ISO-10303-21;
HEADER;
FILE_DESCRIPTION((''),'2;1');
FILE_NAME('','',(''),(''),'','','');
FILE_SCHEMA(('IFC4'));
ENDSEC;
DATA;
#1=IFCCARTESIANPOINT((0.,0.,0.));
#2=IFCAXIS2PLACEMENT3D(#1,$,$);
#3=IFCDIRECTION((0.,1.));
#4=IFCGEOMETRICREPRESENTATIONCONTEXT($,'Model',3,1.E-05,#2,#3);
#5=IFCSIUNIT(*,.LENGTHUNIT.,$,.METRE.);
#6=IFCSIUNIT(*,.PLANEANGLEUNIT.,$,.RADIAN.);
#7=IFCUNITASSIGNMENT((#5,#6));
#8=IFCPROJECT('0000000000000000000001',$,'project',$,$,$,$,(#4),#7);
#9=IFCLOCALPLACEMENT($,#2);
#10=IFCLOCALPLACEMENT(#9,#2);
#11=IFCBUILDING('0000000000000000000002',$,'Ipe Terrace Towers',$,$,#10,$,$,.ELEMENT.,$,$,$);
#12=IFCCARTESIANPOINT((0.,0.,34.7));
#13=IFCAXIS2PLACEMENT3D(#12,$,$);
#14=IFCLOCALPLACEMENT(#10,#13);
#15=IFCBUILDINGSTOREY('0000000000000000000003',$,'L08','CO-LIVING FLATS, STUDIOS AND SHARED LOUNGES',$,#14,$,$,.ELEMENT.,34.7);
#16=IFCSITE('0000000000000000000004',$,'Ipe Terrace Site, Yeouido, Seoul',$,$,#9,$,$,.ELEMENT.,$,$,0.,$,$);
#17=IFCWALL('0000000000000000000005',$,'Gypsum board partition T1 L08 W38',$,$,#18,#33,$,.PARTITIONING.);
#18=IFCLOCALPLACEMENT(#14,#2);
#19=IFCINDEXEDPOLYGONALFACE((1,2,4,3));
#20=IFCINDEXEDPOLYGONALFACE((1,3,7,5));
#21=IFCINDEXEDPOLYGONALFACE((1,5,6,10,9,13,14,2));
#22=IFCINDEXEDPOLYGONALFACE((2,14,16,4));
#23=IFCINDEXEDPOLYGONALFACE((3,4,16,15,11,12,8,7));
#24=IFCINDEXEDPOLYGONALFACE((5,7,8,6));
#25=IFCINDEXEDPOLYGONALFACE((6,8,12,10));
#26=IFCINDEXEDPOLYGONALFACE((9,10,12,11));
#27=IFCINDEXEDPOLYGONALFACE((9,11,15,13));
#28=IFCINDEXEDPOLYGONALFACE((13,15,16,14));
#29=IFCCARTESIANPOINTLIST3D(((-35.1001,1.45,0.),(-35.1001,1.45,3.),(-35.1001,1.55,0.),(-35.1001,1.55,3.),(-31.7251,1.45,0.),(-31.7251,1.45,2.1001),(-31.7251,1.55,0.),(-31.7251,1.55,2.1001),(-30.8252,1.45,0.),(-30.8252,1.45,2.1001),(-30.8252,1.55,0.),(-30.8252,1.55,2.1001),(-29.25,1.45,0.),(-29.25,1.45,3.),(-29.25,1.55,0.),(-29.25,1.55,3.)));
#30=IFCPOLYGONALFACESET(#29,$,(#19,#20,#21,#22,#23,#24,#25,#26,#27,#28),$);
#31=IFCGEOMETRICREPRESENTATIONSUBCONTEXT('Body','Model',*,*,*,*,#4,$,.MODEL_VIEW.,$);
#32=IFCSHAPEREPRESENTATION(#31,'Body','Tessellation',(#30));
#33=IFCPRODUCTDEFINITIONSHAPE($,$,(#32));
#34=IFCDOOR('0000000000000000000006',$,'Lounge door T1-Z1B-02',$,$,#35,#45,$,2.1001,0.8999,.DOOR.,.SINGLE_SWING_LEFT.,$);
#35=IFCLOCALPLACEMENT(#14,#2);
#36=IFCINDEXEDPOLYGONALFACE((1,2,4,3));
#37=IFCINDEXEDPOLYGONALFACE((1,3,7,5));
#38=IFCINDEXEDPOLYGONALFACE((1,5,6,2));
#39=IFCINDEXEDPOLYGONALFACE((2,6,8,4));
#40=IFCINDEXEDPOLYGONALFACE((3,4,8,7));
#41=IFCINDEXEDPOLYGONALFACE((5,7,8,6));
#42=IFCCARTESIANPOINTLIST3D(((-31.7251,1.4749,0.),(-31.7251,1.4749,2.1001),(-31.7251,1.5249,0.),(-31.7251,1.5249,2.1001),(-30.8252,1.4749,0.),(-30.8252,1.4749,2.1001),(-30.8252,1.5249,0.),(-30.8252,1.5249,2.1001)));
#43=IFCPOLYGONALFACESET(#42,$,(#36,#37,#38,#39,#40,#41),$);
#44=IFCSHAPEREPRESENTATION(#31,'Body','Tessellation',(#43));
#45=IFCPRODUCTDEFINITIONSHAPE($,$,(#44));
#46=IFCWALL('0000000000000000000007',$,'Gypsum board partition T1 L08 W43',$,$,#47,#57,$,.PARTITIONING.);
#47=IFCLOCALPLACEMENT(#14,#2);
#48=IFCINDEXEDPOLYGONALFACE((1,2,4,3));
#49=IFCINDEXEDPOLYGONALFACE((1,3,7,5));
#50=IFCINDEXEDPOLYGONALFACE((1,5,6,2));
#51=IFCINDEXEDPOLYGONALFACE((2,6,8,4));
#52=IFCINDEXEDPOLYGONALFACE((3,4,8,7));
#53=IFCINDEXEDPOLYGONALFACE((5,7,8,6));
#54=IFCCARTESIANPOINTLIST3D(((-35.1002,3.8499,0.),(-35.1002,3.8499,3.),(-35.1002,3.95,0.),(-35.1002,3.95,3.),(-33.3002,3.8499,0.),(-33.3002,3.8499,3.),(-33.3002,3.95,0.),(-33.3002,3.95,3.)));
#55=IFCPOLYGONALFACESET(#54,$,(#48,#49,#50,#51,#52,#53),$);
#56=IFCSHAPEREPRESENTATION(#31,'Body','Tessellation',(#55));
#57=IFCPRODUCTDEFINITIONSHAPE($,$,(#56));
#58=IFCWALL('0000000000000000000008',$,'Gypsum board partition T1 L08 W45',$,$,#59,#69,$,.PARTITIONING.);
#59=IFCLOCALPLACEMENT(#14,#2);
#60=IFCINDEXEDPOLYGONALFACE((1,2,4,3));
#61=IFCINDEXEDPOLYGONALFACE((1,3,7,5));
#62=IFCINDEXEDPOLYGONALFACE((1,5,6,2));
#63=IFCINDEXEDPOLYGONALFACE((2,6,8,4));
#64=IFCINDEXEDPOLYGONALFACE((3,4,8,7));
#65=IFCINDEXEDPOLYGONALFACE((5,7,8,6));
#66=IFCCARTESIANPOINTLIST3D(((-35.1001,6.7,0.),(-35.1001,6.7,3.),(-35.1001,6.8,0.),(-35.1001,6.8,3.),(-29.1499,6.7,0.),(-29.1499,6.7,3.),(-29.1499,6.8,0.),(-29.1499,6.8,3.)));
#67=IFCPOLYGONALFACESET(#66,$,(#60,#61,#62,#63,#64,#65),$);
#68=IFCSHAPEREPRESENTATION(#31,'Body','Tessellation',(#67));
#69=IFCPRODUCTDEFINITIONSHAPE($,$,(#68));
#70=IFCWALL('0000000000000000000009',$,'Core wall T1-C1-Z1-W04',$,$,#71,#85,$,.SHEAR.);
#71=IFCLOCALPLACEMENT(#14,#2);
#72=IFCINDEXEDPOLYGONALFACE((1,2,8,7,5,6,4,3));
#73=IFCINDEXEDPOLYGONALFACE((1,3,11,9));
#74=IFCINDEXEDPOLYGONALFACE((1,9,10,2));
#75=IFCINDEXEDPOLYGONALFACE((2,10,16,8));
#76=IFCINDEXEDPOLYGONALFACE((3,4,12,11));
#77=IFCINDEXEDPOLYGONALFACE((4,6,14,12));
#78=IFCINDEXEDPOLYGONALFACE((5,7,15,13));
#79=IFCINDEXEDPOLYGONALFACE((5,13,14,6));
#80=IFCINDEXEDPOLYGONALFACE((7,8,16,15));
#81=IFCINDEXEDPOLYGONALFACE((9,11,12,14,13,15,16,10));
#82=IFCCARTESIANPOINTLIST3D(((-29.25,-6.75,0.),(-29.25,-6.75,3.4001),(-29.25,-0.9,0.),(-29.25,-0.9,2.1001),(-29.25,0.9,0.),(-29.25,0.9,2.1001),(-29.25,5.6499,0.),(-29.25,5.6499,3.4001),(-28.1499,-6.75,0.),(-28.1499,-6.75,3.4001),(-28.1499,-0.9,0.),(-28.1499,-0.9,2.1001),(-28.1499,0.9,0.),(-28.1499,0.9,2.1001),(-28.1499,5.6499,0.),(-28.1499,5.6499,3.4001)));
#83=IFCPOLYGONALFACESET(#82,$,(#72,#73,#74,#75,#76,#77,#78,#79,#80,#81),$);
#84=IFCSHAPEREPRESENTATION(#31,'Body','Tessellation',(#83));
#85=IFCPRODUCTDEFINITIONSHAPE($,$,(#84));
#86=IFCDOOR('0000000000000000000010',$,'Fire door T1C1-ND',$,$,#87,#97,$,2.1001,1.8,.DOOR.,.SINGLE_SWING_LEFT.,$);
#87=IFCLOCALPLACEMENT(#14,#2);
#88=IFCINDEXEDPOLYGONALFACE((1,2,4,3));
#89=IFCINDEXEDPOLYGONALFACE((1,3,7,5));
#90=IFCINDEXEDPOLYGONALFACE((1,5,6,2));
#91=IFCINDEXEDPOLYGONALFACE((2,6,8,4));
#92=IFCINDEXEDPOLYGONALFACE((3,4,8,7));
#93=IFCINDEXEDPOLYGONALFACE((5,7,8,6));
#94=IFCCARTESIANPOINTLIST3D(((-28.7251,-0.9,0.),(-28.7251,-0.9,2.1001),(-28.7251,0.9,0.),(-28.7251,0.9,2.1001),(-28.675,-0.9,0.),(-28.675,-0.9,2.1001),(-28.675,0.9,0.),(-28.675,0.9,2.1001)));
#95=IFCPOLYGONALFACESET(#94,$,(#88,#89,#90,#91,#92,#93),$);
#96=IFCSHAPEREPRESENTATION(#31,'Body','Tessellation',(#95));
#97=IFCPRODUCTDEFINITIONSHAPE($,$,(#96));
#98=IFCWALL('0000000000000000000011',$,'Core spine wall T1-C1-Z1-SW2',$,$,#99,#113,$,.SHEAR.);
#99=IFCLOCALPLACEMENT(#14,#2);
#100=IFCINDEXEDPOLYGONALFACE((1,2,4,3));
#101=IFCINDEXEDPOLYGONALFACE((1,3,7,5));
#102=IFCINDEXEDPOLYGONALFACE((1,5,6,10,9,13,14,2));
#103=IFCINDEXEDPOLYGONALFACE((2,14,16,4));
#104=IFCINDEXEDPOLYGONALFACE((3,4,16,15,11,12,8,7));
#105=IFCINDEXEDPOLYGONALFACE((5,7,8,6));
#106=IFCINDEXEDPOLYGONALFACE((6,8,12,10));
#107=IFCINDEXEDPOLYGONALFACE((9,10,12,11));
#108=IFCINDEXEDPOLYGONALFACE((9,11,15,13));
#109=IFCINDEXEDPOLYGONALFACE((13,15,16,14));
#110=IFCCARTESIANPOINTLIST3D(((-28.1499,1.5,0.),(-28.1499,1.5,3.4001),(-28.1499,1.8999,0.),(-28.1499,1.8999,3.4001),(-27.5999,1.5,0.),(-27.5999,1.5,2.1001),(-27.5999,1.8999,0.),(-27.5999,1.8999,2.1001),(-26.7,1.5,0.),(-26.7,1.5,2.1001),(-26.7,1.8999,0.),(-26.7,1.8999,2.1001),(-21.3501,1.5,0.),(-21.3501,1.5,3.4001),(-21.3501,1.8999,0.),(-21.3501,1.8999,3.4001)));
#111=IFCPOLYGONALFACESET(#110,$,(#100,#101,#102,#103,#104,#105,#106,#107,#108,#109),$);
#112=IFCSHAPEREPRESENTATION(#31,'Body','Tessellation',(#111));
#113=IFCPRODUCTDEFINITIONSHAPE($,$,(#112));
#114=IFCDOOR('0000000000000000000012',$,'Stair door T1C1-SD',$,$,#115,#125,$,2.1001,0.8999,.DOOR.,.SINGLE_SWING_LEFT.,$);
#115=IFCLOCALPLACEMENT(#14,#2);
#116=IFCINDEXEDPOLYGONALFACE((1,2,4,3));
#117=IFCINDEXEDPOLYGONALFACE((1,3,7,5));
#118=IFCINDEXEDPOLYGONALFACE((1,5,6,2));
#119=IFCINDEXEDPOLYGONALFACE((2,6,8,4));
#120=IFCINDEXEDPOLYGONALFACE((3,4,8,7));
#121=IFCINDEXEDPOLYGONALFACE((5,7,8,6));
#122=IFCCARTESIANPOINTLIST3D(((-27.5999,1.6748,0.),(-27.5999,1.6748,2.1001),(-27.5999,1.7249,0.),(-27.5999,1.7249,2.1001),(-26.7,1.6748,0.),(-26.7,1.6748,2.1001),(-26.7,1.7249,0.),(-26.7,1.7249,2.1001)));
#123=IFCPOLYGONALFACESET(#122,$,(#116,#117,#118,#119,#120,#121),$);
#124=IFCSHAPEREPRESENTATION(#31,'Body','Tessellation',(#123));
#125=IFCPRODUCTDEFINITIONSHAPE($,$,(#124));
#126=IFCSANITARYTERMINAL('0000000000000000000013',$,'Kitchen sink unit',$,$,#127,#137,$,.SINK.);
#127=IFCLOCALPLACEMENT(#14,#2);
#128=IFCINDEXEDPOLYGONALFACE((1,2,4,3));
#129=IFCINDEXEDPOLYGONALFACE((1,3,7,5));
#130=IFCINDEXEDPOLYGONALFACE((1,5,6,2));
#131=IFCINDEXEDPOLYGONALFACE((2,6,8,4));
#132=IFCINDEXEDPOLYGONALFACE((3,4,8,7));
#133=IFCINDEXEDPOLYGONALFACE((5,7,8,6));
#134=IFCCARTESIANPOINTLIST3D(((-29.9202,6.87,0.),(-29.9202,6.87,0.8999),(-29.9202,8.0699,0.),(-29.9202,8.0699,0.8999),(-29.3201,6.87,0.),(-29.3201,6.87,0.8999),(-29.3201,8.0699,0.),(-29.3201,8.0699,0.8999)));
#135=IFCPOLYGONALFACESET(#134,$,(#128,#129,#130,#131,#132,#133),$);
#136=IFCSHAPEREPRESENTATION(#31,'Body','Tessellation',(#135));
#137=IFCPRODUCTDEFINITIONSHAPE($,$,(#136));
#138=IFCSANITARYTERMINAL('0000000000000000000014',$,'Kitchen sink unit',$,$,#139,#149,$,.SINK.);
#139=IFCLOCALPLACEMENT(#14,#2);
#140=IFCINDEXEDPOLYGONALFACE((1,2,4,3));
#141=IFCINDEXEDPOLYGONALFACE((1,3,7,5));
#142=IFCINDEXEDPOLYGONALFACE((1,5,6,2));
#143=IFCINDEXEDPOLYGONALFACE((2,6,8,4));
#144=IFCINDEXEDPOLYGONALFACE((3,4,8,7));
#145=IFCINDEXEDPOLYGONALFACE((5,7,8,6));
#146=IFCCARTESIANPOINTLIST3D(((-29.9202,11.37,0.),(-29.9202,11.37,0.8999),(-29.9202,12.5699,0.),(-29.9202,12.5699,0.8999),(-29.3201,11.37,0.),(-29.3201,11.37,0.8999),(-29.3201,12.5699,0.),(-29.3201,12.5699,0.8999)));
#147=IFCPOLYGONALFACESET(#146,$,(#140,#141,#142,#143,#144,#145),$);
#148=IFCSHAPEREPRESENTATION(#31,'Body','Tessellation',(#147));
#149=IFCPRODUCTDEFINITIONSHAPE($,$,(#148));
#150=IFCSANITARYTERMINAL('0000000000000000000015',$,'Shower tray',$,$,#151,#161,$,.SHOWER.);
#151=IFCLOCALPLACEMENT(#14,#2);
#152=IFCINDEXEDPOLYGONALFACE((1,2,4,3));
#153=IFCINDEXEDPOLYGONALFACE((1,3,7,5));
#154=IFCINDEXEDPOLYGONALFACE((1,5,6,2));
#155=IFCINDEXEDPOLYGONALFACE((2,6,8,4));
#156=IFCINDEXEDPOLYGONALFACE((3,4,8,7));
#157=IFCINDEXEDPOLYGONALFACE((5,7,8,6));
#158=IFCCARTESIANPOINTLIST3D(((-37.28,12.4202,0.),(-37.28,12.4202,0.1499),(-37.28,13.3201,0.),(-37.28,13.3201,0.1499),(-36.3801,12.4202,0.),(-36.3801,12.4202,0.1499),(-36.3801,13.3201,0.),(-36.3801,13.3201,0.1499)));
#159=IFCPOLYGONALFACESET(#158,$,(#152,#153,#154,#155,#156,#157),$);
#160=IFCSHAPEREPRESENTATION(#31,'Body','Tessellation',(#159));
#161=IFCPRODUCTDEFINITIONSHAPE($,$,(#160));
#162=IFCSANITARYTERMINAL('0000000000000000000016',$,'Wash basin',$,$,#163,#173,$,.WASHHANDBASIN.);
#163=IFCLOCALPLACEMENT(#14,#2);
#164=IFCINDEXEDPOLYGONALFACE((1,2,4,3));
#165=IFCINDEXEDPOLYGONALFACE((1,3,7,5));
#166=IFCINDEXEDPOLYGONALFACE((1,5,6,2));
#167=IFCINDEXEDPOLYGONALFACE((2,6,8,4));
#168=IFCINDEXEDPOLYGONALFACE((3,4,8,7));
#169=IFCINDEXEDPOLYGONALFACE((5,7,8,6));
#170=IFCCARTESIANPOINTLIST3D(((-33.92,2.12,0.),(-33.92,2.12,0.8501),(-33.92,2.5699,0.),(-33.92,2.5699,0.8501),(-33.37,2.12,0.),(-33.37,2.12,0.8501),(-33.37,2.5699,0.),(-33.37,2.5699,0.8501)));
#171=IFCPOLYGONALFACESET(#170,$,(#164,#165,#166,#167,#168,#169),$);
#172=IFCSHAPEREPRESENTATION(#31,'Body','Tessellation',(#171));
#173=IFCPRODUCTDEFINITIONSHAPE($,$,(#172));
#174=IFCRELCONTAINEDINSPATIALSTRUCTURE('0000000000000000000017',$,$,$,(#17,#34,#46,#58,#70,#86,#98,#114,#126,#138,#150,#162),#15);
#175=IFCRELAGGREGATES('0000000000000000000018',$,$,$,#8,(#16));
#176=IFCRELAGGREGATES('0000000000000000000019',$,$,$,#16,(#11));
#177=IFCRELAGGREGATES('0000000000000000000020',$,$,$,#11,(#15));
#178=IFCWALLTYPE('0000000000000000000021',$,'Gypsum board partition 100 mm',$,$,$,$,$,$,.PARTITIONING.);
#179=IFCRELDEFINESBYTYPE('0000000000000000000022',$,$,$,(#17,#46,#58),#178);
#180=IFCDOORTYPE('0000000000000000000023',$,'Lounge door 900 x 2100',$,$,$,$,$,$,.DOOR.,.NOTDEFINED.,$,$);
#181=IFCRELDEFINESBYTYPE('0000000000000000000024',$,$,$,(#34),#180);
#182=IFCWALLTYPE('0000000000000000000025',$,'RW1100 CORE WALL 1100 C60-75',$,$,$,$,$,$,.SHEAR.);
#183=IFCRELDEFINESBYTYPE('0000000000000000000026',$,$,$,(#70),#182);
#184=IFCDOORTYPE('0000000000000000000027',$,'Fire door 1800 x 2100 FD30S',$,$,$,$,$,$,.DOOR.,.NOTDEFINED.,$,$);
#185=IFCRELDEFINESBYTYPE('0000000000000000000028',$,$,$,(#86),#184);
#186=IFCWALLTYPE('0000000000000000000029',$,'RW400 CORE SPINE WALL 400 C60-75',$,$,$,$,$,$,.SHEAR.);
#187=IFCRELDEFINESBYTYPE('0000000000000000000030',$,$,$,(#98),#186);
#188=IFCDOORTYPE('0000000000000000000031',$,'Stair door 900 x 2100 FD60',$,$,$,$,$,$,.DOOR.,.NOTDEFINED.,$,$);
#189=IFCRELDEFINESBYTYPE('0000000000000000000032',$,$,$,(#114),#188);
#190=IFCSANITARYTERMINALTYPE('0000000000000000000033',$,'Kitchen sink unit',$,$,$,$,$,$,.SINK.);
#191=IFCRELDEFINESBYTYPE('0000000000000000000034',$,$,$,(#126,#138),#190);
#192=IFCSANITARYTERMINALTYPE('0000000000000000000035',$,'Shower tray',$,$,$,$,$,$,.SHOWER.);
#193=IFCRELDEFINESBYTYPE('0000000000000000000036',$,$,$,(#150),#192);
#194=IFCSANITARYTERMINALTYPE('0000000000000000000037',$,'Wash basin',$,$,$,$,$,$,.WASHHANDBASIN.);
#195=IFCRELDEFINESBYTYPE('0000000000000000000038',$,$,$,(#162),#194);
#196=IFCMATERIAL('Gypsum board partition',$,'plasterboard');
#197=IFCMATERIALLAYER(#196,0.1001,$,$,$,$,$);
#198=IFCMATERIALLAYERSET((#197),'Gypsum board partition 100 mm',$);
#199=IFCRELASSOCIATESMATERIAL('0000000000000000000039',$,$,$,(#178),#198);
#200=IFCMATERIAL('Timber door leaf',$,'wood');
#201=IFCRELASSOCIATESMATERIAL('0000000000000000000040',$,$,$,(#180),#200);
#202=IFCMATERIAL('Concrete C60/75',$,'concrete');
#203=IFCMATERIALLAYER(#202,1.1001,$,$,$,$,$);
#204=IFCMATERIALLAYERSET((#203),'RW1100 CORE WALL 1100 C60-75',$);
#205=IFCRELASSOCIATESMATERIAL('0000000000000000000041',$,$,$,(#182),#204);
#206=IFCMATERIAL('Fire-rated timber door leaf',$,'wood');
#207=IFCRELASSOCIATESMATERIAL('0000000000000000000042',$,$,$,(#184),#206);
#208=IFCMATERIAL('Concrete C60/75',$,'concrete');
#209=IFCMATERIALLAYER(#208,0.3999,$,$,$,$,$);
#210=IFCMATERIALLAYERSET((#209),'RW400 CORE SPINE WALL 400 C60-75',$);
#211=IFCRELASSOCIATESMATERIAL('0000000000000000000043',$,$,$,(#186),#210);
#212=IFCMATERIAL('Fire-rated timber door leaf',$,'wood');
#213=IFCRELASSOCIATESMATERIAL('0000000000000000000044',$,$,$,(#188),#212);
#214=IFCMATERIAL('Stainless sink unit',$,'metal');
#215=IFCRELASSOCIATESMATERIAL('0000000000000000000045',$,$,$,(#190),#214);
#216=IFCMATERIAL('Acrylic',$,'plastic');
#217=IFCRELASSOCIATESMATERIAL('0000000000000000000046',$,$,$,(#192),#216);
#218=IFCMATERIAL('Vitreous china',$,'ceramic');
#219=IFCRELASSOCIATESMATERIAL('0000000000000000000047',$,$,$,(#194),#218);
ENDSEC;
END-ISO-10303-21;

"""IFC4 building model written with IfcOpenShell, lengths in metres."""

from ifc_helpers import new_model, si_unit, direction, frame, frame_2d, origin, origin_2d, place, context, subcontext, project, spatial, rectangle, extrude, material, layer, layer_set, type_object, element, fill, save


model = new_model("IFC4")

# Units and contexts
model_context = context("Model", 3, precision=1e-05, world=origin(), true_north=direction((0.0, 1.0)))
body_context = subcontext(model_context, "Body", "Model", "MODEL_VIEW")
ifc_project = project(units=[si_unit("LENGTHUNIT", "METRE"), si_unit("PLANEANGLEUNIT", "RADIAN")], contexts=[model_context])

# Site, building, storey
site_placement = place(None, origin())
site = spatial("IfcSite", under=ifc_project, at=site_placement, Name="Ipe Terrace Site, Yeouido, Seoul", CompositionType="ELEMENT", RefElevation=0.0)
building_placement = place(site_placement, origin())
building = spatial("IfcBuilding", under=site, at=building_placement, Name="Ipe Terrace Towers", CompositionType="ELEMENT")
storey_placement = place(building_placement, frame((0.0, 0.0, 34.7)))
storey = spatial("IfcBuildingStorey", under=building, at=storey_placement, Name="L08", Description="CO-LIVING FLATS, STUDIOS AND SHARED LOUNGES", CompositionType="ELEMENT", Elevation=34.7)

# Shared definitions
ifc_material_1 = material(Name="Gypsum board partition", Category="plasterboard")
ifc_layer_1 = layer(ifc_material_1, 0.1001)
ifc_layer_set_1 = layer_set([ifc_layer_1], Name="Gypsum board partition 100 mm")
wall_type_1 = type_object("IfcWallType", Name="Gypsum board partition 100 mm", PredefinedType="PARTITIONING", material=ifc_layer_set_1)

# Wall, opening, door
wall_1_placement = place(storey_placement, frame((-35.1001, 1.5, 0.0), z_axis=(0.0, 0.0, 1.0), x_axis=(1.0, 0.0, 0.0)))
wall_1 = element("IfcWall", 1, at=wall_1_placement, inside=storey, type_object=wall_type_1, Name="Gypsum board partition T1 L08 W38", PredefinedType="PARTITIONING", context=body_context, shape_type="SweptSolid", body=[
    extrude(rectangle(XDim=5.8501, YDim=0.1001, at=frame_2d((2.925, 0.0))), origin(), (0.0, 0.0, 1.0), 3.0),
])
opening_1_placement = place(wall_1_placement, frame((3.375, 0.0, 0.0)))
opening_1 = element("IfcOpeningElement", 2, at=opening_1_placement, cuts=wall_1, PredefinedType="OPENING", context=body_context, shape_type="SweptSolid", body=[
    extrude(rectangle(XDim=0.8999, YDim=2.1001, at=frame_2d((0.45, 1.05))), frame((0.0, 0.0601, 0.0), z_axis=(0.0, -1.0, 0.0), x_axis=(1.0, 0.0, 0.0)), (0.0, 0.0, 1.0), 0.1201),
])
ifc_material_2 = material(Name="Timber door leaf", Category="wood")
door_type_1 = type_object("IfcDoorType", Name="Lounge door 900 x 2100", OperationType="NOTDEFINED", PredefinedType="DOOR", material=ifc_material_2)
door_1_placement = place(opening_1_placement, origin())
door_1 = element("IfcDoor", 3, at=door_1_placement, inside=storey, type_object=door_type_1, Name="Lounge door T1-Z1B-02", OperationType="SINGLE_SWING_LEFT", OverallHeight=2.1001, OverallWidth=0.8999, PredefinedType="DOOR", context=body_context, shape_type="SweptSolid", body=[
    extrude(rectangle(XDim=0.8999, YDim=2.1001, at=frame_2d((0.45, 1.05))), frame((0.0, 0.0249, 0.0), z_axis=(0.0, -1.0, 0.0), x_axis=(1.0, 0.0, 0.0)), (0.0, 0.0, 1.0), 0.05),
])
fill(opening_1, door_1)

# Walls
wall_2_placement = place(storey_placement, frame((-35.1001, 3.8999, 0.0), z_axis=(0.0, 0.0, 1.0), x_axis=(1.0, 0.0, 0.0)))
element("IfcWall", 4, at=wall_2_placement, inside=storey, type_object=wall_type_1, Name="Gypsum board partition T1 L08 W43", PredefinedType="PARTITIONING", context=body_context, shape_type="SweptSolid", body=[
    extrude(rectangle(XDim=1.8, YDim=0.1001, at=frame_2d((0.8999, 0.0))), origin(), (0.0, 0.0, 1.0), 3.0),
])
wall_3_placement = place(storey_placement, frame((-35.1001, 6.75, 0.0), z_axis=(0.0, 0.0, 1.0), x_axis=(1.0, 0.0, 0.0)))
element("IfcWall", 5, at=wall_3_placement, inside=storey, type_object=wall_type_1, Name="Gypsum board partition T1 L08 W45", PredefinedType="PARTITIONING", context=body_context, shape_type="SweptSolid", body=[
    extrude(rectangle(XDim=5.9502, YDim=0.1001, at=frame_2d((2.9751, 0.0))), origin(), (0.0, 0.0, 1.0), 3.0),
])

# Walls, openings, doors
ifc_material_3 = material(Name="Concrete C60/75", Category="concrete")
ifc_layer_2 = layer(ifc_material_3, 1.1001)
ifc_layer_set_2 = layer_set([ifc_layer_2], Name="RW1100 CORE WALL 1100 C60-75")
wall_type_2 = type_object("IfcWallType", Name="RW1100 CORE WALL 1100 C60-75", PredefinedType="SHEAR", material=ifc_layer_set_2)
wall_4_placement = place(storey_placement, frame((-28.7, 5.6499, 0.0), z_axis=(0.0, 0.0, 1.0), x_axis=(0.0, -1.0, 0.0)))
wall_4 = element("IfcWall", 6, at=wall_4_placement, inside=storey, type_object=wall_type_2, Name="Core wall T1-C1-Z1-W04", PredefinedType="SHEAR", context=body_context, shape_type="SweptSolid", body=[
    extrude(rectangle(XDim=12.3999, YDim=1.1001, at=frame_2d((6.2, 0.0))), origin(), (0.0, 0.0, 1.0), 3.4001),
])
opening_2_placement = place(wall_4_placement, frame((4.75, 0.0, 0.0)))
opening_2 = element("IfcOpeningElement", 7, at=opening_2_placement, cuts=wall_4, PredefinedType="OPENING", context=body_context, shape_type="SweptSolid", body=[
    extrude(rectangle(XDim=1.8, YDim=2.1001, at=frame_2d((0.8999, 1.05))), frame((0.0, 0.5601, 0.0), z_axis=(0.0, -1.0, 0.0), x_axis=(1.0, 0.0, 0.0)), (0.0, 0.0, 1.0), 1.1201),
])
ifc_material_4 = material(Name="Fire-rated timber door leaf", Category="wood")
door_type_2 = type_object("IfcDoorType", Name="Fire door 1800 x 2100 FD30S", OperationType="NOTDEFINED", PredefinedType="DOOR", material=ifc_material_4)
door_2_placement = place(opening_2_placement, origin())
door_2 = element("IfcDoor", 8, at=door_2_placement, inside=storey, type_object=door_type_2, Name="Fire door T1C1-ND", OperationType="SINGLE_SWING_LEFT", OverallHeight=2.1001, OverallWidth=1.8, PredefinedType="DOOR", context=body_context, shape_type="SweptSolid", body=[
    extrude(rectangle(XDim=1.8, YDim=2.1001, at=frame_2d((0.8999, 1.05))), frame((0.0, 0.0249, 0.0), z_axis=(0.0, -1.0, 0.0), x_axis=(1.0, 0.0, 0.0)), (0.0, 0.0, 1.0), 0.05),
])
fill(opening_2, door_2)
ifc_material_5 = material(Name="Concrete C60/75", Category="concrete")
ifc_layer_3 = layer(ifc_material_5, 0.3999)
ifc_layer_set_3 = layer_set([ifc_layer_3], Name="RW400 CORE SPINE WALL 400 C60-75")
wall_type_3 = type_object("IfcWallType", Name="RW400 CORE SPINE WALL 400 C60-75", PredefinedType="SHEAR", material=ifc_layer_set_3)
wall_5_placement = place(storey_placement, frame((-28.1499, 1.7, 0.0), z_axis=(0.0, 0.0, 1.0), x_axis=(1.0, 0.0, 0.0)))
wall_5 = element("IfcWall", 9, at=wall_5_placement, inside=storey, type_object=wall_type_3, Name="Core spine wall T1-C1-Z1-SW2", PredefinedType="SHEAR", context=body_context, shape_type="SweptSolid", body=[
    extrude(rectangle(XDim=6.7998, YDim=0.3999, at=frame_2d((3.3999, 0.0))), origin(), (0.0, 0.0, 1.0), 3.4001),
])
opening_3_placement = place(wall_5_placement, frame((0.55, 0.0, 0.0)))
opening_3 = element("IfcOpeningElement", 10, at=opening_3_placement, cuts=wall_5, PredefinedType="OPENING", context=body_context, shape_type="SweptSolid", body=[
    extrude(rectangle(XDim=0.8999, YDim=2.1001, at=frame_2d((0.45, 1.05))), frame((0.0, 0.21, 0.0), z_axis=(0.0, -1.0, 0.0), x_axis=(1.0, 0.0, 0.0)), (0.0, 0.0, 1.0), 0.4199),
])
ifc_material_6 = material(Name="Fire-rated timber door leaf", Category="wood")
door_type_3 = type_object("IfcDoorType", Name="Stair door 900 x 2100 FD60", OperationType="NOTDEFINED", PredefinedType="DOOR", material=ifc_material_6)
door_3_placement = place(opening_3_placement, origin())
door_3 = element("IfcDoor", 11, at=door_3_placement, inside=storey, type_object=door_type_3, Name="Stair door T1C1-SD", OperationType="SINGLE_SWING_LEFT", OverallHeight=2.1001, OverallWidth=0.8999, PredefinedType="DOOR", context=body_context, shape_type="SweptSolid", body=[
    extrude(rectangle(XDim=0.8999, YDim=2.1001, at=frame_2d((0.45, 1.05))), frame((0.0, 0.0249, 0.0), z_axis=(0.0, -1.0, 0.0), x_axis=(1.0, 0.0, 0.0)), (0.0, 0.0, 1.0), 0.05),
])
fill(opening_3, door_3)

# Sanitary terminals
ifc_material_7 = material(Name="Stainless sink unit", Category="metal")
sanitary_terminal_type_1 = type_object("IfcSanitaryTerminalType", Name="Kitchen sink unit", PredefinedType="SINK", material=ifc_material_7)
for number, where, z_axis, x_axis, name in (
    (12, (-29.6201, 7.47, 0.0), (0.0, 0.0, 1.0), (0.0, -1.0, 0.0), "Kitchen sink unit"),
    (13, (-29.6201, 11.97, 0.0), (0.0, 0.0, 1.0), (0.0, -1.0, 0.0), "Kitchen sink unit"),
):
    element("IfcSanitaryTerminal", number, at=place(storey_placement, frame(where, z_axis=z_axis, x_axis=x_axis)), inside=storey, type_object=sanitary_terminal_type_1, Name=name, PredefinedType="SINK", context=body_context, shape_type="SweptSolid", body=[
        extrude(rectangle(XDim=1.2, YDim=0.6001, at=origin_2d()), origin(), (0.0, 0.0, 1.0), 0.8999),
    ])
ifc_material_8 = material(Name="Acrylic", Category="plastic")
sanitary_terminal_type_2 = type_object("IfcSanitaryTerminalType", Name="Shower tray", PredefinedType="SHOWER", material=ifc_material_8)
sanitary_terminal_1_placement = place(storey_placement, frame((-36.8301, 12.8701, 0.0), z_axis=(0.0, 0.0, 1.0), x_axis=(1.0, 0.0, 0.0)))
element("IfcSanitaryTerminal", 14, at=sanitary_terminal_1_placement, inside=storey, type_object=sanitary_terminal_type_2, Name="Shower tray", PredefinedType="SHOWER", context=body_context, shape_type="SweptSolid", body=[
    extrude(rectangle(XDim=0.8999, YDim=0.8999, at=origin_2d()), origin(), (0.0, 0.0, 1.0), 0.1499),
])
ifc_material_9 = material(Name="Vitreous china", Category="ceramic")
sanitary_terminal_type_3 = type_object("IfcSanitaryTerminalType", Name="Wash basin", PredefinedType="WASHHANDBASIN", material=ifc_material_9)
sanitary_terminal_2_placement = place(storey_placement, frame((-33.645, 2.345, 0.0), z_axis=(0.0, 0.0, 1.0), x_axis=(-1.0, 0.0, 0.0)))
element("IfcSanitaryTerminal", 15, at=sanitary_terminal_2_placement, inside=storey, type_object=sanitary_terminal_type_3, Name="Wash basin", PredefinedType="WASHHANDBASIN", context=body_context, shape_type="SweptSolid", body=[
    extrude(rectangle(XDim=0.55, YDim=0.45, at=origin_2d()), origin(), (0.0, 0.0, 1.0), 0.8501),
])

save(model, "model.ifc")
